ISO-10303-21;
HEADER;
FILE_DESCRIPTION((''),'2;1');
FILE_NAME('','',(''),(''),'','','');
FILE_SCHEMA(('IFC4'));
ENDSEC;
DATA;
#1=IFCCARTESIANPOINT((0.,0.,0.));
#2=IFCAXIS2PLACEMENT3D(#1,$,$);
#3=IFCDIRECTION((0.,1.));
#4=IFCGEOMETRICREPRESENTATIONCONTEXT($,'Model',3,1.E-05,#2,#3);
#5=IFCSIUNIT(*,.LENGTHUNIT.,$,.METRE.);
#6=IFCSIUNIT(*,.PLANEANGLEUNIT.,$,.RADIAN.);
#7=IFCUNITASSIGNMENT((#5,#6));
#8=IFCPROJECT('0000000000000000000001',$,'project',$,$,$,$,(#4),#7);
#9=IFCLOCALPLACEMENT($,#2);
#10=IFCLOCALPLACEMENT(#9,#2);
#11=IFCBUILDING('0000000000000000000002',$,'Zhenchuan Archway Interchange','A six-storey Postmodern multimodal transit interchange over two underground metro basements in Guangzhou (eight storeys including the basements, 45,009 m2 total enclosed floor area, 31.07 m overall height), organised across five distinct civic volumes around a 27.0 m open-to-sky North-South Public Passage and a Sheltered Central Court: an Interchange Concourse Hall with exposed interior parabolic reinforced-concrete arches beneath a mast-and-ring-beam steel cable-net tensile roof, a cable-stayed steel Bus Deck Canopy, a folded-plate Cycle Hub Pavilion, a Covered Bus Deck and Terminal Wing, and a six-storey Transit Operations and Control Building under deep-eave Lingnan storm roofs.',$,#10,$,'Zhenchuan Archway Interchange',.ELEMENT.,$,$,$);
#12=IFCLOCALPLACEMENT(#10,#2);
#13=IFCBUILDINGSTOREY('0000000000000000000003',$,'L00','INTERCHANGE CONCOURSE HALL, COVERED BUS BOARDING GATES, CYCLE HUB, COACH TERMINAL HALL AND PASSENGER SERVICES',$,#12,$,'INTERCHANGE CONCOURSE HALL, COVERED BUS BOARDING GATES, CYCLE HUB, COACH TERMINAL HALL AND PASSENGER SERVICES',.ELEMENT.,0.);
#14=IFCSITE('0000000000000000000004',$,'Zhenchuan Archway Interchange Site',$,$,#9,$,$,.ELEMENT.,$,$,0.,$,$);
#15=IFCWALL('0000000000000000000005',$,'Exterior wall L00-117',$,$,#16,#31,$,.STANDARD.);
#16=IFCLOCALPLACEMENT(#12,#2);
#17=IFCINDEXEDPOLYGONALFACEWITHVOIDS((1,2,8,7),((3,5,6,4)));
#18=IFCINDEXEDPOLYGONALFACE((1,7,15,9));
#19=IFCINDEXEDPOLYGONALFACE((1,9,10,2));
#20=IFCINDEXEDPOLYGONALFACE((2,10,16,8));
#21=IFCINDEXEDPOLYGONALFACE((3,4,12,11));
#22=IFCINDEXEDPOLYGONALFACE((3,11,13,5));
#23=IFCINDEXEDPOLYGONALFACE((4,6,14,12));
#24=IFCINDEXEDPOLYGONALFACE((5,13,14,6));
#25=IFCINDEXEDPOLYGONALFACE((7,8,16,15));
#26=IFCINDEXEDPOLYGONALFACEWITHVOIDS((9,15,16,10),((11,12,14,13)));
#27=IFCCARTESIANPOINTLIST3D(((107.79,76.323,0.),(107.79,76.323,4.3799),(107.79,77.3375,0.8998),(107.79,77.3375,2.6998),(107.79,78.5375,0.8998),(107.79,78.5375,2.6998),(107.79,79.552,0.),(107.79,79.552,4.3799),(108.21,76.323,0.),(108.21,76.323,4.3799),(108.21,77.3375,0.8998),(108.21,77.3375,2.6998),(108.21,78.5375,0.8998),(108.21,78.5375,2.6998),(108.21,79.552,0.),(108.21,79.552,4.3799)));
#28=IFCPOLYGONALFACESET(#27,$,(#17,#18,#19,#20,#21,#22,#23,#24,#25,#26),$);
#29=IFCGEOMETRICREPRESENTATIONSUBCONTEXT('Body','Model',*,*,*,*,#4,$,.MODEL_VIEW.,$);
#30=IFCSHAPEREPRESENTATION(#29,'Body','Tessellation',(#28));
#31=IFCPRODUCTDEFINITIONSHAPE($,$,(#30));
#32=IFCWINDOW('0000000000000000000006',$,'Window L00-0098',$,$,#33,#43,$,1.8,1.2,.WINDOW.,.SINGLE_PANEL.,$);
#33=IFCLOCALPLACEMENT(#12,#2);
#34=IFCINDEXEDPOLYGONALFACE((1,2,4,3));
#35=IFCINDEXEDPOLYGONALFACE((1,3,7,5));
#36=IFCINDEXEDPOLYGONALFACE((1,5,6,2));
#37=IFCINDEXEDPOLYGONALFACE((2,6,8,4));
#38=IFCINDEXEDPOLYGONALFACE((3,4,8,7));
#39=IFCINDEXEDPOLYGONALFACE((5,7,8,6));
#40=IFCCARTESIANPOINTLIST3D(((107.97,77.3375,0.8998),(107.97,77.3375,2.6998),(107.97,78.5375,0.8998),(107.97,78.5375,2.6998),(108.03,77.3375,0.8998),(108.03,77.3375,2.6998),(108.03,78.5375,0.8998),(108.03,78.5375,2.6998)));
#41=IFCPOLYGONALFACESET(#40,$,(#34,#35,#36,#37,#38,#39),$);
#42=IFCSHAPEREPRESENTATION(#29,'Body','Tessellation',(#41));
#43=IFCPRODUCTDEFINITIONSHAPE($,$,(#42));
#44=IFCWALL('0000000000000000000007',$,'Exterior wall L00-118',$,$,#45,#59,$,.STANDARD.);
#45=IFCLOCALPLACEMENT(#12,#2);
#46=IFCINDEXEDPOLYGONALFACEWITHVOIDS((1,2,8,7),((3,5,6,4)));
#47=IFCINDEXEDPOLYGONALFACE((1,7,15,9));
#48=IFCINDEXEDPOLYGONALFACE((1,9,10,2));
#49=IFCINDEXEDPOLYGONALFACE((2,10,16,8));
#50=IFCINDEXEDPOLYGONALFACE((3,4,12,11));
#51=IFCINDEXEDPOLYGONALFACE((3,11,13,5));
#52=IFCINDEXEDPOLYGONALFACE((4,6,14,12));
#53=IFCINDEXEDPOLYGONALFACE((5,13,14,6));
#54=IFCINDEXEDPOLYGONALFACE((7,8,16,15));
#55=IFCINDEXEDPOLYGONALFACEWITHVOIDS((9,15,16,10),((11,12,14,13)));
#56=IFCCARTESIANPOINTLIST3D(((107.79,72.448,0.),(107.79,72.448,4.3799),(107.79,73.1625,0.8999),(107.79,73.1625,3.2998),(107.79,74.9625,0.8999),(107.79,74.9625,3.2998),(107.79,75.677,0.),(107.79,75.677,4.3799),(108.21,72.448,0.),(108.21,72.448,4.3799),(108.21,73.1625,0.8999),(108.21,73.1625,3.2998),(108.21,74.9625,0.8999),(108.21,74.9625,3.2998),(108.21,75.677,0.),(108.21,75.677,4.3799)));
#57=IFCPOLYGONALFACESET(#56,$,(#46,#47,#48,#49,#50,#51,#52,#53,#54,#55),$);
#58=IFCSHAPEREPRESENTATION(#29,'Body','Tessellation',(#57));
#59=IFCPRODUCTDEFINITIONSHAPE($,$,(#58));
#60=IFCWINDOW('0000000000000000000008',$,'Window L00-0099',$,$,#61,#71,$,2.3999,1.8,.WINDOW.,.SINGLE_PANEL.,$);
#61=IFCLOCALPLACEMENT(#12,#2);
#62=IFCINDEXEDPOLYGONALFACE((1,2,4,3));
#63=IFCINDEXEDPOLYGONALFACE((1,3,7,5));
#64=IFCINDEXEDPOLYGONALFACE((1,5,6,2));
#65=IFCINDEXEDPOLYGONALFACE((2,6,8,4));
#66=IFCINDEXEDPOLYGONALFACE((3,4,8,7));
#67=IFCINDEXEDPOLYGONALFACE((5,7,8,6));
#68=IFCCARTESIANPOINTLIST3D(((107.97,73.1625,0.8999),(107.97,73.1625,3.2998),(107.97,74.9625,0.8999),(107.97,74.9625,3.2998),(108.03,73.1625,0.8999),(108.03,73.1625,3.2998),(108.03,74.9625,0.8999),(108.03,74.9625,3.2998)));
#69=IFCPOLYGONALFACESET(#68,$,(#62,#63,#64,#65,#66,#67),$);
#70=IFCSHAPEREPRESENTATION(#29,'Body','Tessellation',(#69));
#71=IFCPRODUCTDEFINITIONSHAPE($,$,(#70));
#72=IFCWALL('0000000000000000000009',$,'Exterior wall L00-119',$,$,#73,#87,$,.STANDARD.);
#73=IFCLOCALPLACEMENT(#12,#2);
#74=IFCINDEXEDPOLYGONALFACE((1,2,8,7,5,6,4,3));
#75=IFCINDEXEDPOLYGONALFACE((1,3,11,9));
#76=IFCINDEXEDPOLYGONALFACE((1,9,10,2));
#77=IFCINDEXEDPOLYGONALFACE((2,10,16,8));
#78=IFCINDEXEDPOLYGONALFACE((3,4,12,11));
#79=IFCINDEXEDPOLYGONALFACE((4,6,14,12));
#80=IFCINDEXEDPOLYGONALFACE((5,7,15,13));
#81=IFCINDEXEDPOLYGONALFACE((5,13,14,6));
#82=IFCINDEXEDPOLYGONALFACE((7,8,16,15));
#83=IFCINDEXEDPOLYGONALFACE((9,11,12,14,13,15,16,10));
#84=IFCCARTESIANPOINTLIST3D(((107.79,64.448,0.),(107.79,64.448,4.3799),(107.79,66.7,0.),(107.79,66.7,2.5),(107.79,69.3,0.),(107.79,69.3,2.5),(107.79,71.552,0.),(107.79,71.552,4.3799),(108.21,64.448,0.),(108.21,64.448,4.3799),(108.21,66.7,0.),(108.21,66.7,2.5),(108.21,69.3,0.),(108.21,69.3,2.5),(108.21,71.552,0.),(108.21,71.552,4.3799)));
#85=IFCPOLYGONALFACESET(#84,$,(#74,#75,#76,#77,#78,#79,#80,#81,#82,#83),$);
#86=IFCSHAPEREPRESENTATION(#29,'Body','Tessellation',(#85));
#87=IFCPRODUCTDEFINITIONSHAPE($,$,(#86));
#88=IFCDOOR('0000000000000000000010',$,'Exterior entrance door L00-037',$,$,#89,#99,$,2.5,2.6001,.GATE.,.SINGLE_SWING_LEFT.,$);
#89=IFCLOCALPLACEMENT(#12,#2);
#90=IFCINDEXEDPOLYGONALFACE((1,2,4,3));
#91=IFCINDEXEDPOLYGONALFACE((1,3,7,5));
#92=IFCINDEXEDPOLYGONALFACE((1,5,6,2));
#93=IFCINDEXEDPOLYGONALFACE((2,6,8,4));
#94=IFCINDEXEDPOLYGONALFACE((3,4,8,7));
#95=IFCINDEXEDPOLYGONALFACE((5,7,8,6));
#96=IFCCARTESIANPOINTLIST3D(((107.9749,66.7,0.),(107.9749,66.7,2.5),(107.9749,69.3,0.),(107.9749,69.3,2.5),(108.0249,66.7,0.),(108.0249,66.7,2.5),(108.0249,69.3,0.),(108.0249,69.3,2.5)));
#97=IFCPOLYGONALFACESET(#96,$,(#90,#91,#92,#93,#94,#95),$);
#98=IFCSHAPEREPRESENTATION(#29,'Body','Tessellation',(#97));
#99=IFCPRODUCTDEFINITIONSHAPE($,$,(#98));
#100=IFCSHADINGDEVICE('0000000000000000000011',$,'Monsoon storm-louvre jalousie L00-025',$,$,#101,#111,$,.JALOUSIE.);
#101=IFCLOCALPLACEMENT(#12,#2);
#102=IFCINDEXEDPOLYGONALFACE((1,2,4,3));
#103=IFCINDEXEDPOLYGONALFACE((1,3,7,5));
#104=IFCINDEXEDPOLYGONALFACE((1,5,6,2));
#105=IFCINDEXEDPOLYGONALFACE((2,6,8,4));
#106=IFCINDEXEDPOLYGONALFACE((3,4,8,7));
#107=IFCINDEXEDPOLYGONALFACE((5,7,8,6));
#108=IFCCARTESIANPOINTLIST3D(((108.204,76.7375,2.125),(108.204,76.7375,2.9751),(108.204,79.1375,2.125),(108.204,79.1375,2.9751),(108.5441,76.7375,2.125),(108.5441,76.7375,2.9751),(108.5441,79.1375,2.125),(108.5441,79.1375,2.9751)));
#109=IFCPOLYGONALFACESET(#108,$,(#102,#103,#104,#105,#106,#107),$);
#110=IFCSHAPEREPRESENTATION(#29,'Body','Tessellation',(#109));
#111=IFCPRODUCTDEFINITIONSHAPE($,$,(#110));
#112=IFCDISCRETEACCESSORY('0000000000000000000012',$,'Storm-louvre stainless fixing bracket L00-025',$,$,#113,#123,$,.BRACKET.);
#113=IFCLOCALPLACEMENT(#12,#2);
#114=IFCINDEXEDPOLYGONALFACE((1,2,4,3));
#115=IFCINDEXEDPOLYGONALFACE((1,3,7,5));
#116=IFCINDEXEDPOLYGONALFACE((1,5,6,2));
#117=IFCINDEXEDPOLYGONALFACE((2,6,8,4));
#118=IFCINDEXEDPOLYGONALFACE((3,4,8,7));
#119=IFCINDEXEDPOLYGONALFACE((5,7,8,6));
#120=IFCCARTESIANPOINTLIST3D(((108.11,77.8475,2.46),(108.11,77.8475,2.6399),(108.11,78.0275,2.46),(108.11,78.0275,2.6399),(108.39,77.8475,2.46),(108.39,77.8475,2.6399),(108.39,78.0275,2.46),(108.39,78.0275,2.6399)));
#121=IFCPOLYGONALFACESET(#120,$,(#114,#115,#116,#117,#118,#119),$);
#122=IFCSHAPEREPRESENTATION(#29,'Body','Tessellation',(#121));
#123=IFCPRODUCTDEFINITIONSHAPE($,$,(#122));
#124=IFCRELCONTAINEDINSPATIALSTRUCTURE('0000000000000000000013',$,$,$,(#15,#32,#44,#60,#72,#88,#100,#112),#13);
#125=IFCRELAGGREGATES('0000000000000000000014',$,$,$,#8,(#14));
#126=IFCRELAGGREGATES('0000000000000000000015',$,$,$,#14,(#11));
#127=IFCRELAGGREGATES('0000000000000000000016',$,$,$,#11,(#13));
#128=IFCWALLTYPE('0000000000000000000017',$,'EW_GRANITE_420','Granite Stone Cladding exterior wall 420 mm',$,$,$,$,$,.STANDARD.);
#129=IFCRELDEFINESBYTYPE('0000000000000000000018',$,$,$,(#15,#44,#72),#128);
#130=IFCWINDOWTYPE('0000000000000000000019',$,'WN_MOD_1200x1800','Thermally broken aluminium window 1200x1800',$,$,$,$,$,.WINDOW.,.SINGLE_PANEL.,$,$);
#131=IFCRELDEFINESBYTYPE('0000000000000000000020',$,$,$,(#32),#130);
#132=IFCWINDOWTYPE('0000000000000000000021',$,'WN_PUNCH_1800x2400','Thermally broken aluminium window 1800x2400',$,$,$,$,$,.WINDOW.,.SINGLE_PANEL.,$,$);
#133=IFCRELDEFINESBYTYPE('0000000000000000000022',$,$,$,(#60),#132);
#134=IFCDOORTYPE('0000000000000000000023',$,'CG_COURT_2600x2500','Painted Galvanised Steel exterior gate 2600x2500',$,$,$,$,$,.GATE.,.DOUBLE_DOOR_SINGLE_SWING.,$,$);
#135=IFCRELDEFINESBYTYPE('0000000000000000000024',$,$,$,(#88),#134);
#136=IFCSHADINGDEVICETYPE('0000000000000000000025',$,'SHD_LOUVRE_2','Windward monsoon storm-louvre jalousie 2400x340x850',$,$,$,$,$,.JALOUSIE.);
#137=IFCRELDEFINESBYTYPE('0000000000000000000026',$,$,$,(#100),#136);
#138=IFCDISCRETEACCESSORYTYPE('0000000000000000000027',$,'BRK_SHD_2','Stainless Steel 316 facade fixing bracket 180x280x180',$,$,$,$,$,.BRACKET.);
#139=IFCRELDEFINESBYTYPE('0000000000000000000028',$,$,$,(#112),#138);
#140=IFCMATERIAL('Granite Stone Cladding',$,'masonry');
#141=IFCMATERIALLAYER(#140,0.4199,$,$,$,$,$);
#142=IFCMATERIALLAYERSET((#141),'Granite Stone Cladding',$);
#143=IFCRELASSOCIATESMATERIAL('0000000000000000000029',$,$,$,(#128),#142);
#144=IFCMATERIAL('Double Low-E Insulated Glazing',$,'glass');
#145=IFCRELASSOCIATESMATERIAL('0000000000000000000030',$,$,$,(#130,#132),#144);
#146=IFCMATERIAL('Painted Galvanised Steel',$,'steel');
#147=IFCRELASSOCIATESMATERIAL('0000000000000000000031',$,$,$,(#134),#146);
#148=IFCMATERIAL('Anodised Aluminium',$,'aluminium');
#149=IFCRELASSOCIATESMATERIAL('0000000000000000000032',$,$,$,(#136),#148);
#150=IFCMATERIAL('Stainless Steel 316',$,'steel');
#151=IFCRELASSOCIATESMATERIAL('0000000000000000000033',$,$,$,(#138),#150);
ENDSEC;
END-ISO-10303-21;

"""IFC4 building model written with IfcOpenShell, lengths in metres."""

from ifc_helpers import new_model, si_unit, direction, frame, frame_2d, origin, origin_2d, place, context, subcontext, project, spatial, rectangle, extrude, material, layer, layer_set, type_object, element, fill, save


model = new_model("IFC4")

# Units and contexts
model_context = context("Model", 3, precision=1e-05, world=origin(), true_north=direction((0.0, 1.0)))
body_context = subcontext(model_context, "Body", "Model", "MODEL_VIEW")
ifc_project = project(units=[si_unit("LENGTHUNIT", "METRE"), si_unit("PLANEANGLEUNIT", "RADIAN")], contexts=[model_context])

# Site, building, storey
site_placement = place(None, origin())
site = spatial("IfcSite", under=ifc_project, at=site_placement, Name="Zhenchuan Archway Interchange Site", CompositionType="ELEMENT", RefElevation=0.0)
building_placement = place(site_placement, origin())
building = spatial("IfcBuilding", under=site, at=building_placement, Name="Zhenchuan Archway Interchange", Description="A six-storey Postmodern multimodal transit interchange over two underground metro basements in Guangzhou (eight storeys including the basements, 45,009 m2 total enclosed floor area, 31.07 m overall height), organised across five distinct civic volumes around a 27.0 m open-to-sky North-South Public Passage and a Sheltered Central Court: an Interchange Concourse Hall with exposed interior parabolic reinforced-concrete arches beneath a mast-and-ring-beam steel cable-net tensile roof, a cable-stayed steel Bus Deck Canopy, a folded-plate Cycle Hub Pavilion, a Covered Bus Deck and Terminal Wing, and a six-storey Transit Operations and Control Building under deep-eave Lingnan storm roofs.", LongName="Zhenchuan Archway Interchange", CompositionType="ELEMENT")
storey_placement = place(building_placement, origin())
storey = spatial("IfcBuildingStorey", under=building, at=storey_placement, Name="L00", Description="INTERCHANGE CONCOURSE HALL, COVERED BUS BOARDING GATES, CYCLE HUB, COACH TERMINAL HALL AND PASSENGER SERVICES", LongName="INTERCHANGE CONCOURSE HALL, COVERED BUS BOARDING GATES, CYCLE HUB, COACH TERMINAL HALL AND PASSENGER SERVICES", CompositionType="ELEMENT", Elevation=0.0)

# Shared definitions
ifc_material_1 = material(Name="Anodised Aluminium", Category="aluminium")

# Walls, openings, windows
ifc_material_2 = material(Name="Granite Stone Cladding", Category="masonry")
ifc_layer = layer(ifc_material_2, 0.4199)
ifc_layer_set = layer_set([ifc_layer], Name="Granite Stone Cladding")
wall_type = type_object("IfcWallType", Name="EW_GRANITE_420", Description="Granite Stone Cladding exterior wall 420 mm", PredefinedType="STANDARD", material=ifc_layer_set)
wall_1_placement = place(storey_placement, frame((108.0, 79.552, 0.0), z_axis=(0.0, 0.0, 1.0), x_axis=(0.0, -1.0, 0.0)))
wall_1 = element("IfcWall", 1, at=wall_1_placement, inside=storey, type_object=wall_type, Name="Exterior wall L00-117", PredefinedType="STANDARD", context=body_context, shape_type="SweptSolid", body=[
    extrude(rectangle(XDim=3.229, YDim=0.4199, at=frame_2d((1.6145, 0.0))), origin(), (0.0, 0.0, 1.0), 4.3799),
])
opening_1_placement = place(wall_1_placement, frame((1.0144, 0.0, 0.8999)))
opening_1 = element("IfcOpeningElement", 2, at=opening_1_placement, cuts=wall_1, PredefinedType="OPENING", context=body_context, shape_type="SweptSolid", body=[
    extrude(rectangle(XDim=1.2, YDim=1.8, at=frame_2d((0.6001, 0.8999))), frame((0.0, 0.2219, 0.0), z_axis=(0.0, -1.0, 0.0), x_axis=(1.0, 0.0, 0.0)), (0.0, 0.0, 1.0), 0.4438),
])
ifc_material_3 = material(Name="Double Low-E Insulated Glazing", Category="glass")
window_type_1 = type_object("IfcWindowType", Name="WN_MOD_1200x1800", Description="Thermally broken aluminium window 1200x1800", PartitioningType="SINGLE_PANEL", PredefinedType="WINDOW", material=ifc_material_3)
window_1_placement = place(opening_1_placement, origin())
window_1 = element("IfcWindow", 3, at=window_1_placement, inside=storey, type_object=window_type_1, Name="Window L00-0098", OverallHeight=1.8, OverallWidth=1.2, PartitioningType="SINGLE_PANEL", PredefinedType="WINDOW", context=body_context, shape_type="SweptSolid", body=[
    extrude(rectangle(XDim=1.2, YDim=1.8, at=frame_2d((0.6001, 0.8999))), frame((0.0, 0.03, 0.0), z_axis=(0.0, -1.0, 0.0), x_axis=(1.0, 0.0, 0.0)), (0.0, 0.0, 1.0), 0.0601),
])
fill(opening_1, window_1)
wall_2_placement = place(storey_placement, frame((108.0, 75.677, 0.0), z_axis=(0.0, 0.0, 1.0), x_axis=(0.0, -1.0, 0.0)))
wall_2 = element("IfcWall", 4, at=wall_2_placement, inside=storey, type_object=wall_type, Name="Exterior wall L00-118", PredefinedType="STANDARD", context=body_context, shape_type="SweptSolid", body=[
    extrude(rectangle(XDim=3.229, YDim=0.4199, at=frame_2d((1.6145, 0.0))), origin(), (0.0, 0.0, 1.0), 4.3799),
])
opening_2_placement = place(wall_2_placement, frame((0.7146, 0.0, 0.8999)))
opening_2 = element("IfcOpeningElement", 5, at=opening_2_placement, cuts=wall_2, PredefinedType="OPENING", context=body_context, shape_type="SweptSolid", body=[
    extrude(rectangle(XDim=1.8, YDim=2.3999, at=frame_2d((0.8999, 1.2))), frame((0.0, 0.2219, 0.0), z_axis=(0.0, -1.0, 0.0), x_axis=(1.0, 0.0, 0.0)), (0.0, 0.0, 1.0), 0.4438),
])
window_type_2 = type_object("IfcWindowType", Name="WN_PUNCH_1800x2400", Description="Thermally broken aluminium window 1800x2400", PartitioningType="SINGLE_PANEL", PredefinedType="WINDOW", material=ifc_material_3)
window_2_placement = place(opening_2_placement, origin())
window_2 = element("IfcWindow", 6, at=window_2_placement, inside=storey, type_object=window_type_2, Name="Window L00-0099", OverallHeight=2.3999, OverallWidth=1.8, PartitioningType="SINGLE_PANEL", PredefinedType="WINDOW", context=body_context, shape_type="SweptSolid", body=[
    extrude(rectangle(XDim=1.8, YDim=2.3999, at=frame_2d((0.8999, 1.2))), frame((0.0, 0.03, 0.0), z_axis=(0.0, -1.0, 0.0), x_axis=(1.0, 0.0, 0.0)), (0.0, 0.0, 1.0), 0.0601),
])
fill(opening_2, window_2)

# Wall, opening, door
wall_3_placement = place(storey_placement, frame((108.0, 71.552, 0.0), z_axis=(0.0, 0.0, 1.0), x_axis=(0.0, -1.0, 0.0)))
wall_3 = element("IfcWall", 7, at=wall_3_placement, inside=storey, type_object=wall_type, Name="Exterior wall L00-119", PredefinedType="STANDARD", context=body_context, shape_type="SweptSolid", body=[
    extrude(rectangle(XDim=7.104, YDim=0.4199, at=frame_2d((3.552, 0.0))), origin(), (0.0, 0.0, 1.0), 4.3799),
])
opening_3_placement = place(wall_3_placement, frame((2.252, 0.0, 0.0)))
opening_3 = element("IfcOpeningElement", 8, at=opening_3_placement, cuts=wall_3, PredefinedType="OPENING", context=body_context, shape_type="SweptSolid", body=[
    extrude(rectangle(XDim=2.6001, YDim=2.5, at=frame_2d((1.3, 1.25))), frame((0.0, 0.2219, 0.0), z_axis=(0.0, -1.0, 0.0), x_axis=(1.0, 0.0, 0.0)), (0.0, 0.0, 1.0), 0.4438),
])
ifc_material_4 = material(Name="Painted Galvanised Steel", Category="steel")
door_type = type_object("IfcDoorType", Name="CG_COURT_2600x2500", Description="Painted Galvanised Steel exterior gate 2600x2500", OperationType="DOUBLE_DOOR_SINGLE_SWING", PredefinedType="GATE", material=ifc_material_4)
door_placement = place(opening_3_placement, origin())
door = element("IfcDoor", 9, at=door_placement, inside=storey, type_object=door_type, Name="Exterior entrance door L00-037", OperationType="SINGLE_SWING_LEFT", OverallHeight=2.5, OverallWidth=2.6001, PredefinedType="GATE", context=body_context, shape_type="SweptSolid", body=[
    extrude(rectangle(XDim=2.6001, YDim=2.5, at=frame_2d((1.3, 1.25))), frame((0.0, 0.0249, 0.0), z_axis=(0.0, -1.0, 0.0), x_axis=(1.0, 0.0, 0.0)), (0.0, 0.0, 1.0), 0.05),
])
fill(opening_3, door)

# Shading device
shading_device_type = type_object("IfcShadingDeviceType", Name="SHD_LOUVRE_2", Description="Windward monsoon storm-louvre jalousie 2400x340x850", PredefinedType="JALOUSIE", material=ifc_material_1)
shading_device_placement = place(storey_placement, frame((108.374, 77.9375, 2.125), z_axis=(0.0, 0.0, 1.0), x_axis=(0.0, -1.0, 0.0)))
element("IfcShadingDevice", 10, at=shading_device_placement, inside=storey, type_object=shading_device_type, Name="Monsoon storm-louvre jalousie L00-025", PredefinedType="JALOUSIE", context=body_context, shape_type="SweptSolid", body=[
    extrude(rectangle(XDim=2.3999, YDim=0.3401, at=origin_2d()), origin(), (0.0, 0.0, 1.0), 0.8501),
])

# Discrete accessory
ifc_material_5 = material(Name="Stainless Steel 316", Category="steel")
discrete_accessory_type = type_object("IfcDiscreteAccessoryType", Name="BRK_SHD_2", Description="Stainless Steel 316 facade fixing bracket 180x280x180", PredefinedType="BRACKET", material=ifc_material_5)
discrete_accessory_placement = place(storey_placement, frame((108.25, 77.9375, 2.46), z_axis=(0.0, 0.0, 1.0), x_axis=(0.0, -1.0, 0.0)))
element("IfcDiscreteAccessory", 11, at=discrete_accessory_placement, inside=storey, type_object=discrete_accessory_type, Name="Storm-louvre stainless fixing bracket L00-025", PredefinedType="BRACKET", context=body_context, shape_type="SweptSolid", body=[
    extrude(rectangle(XDim=0.1799, YDim=0.28, at=origin_2d()), origin(), (0.0, 0.0, 1.0), 0.1799),
])

save(model, "model.ifc")
